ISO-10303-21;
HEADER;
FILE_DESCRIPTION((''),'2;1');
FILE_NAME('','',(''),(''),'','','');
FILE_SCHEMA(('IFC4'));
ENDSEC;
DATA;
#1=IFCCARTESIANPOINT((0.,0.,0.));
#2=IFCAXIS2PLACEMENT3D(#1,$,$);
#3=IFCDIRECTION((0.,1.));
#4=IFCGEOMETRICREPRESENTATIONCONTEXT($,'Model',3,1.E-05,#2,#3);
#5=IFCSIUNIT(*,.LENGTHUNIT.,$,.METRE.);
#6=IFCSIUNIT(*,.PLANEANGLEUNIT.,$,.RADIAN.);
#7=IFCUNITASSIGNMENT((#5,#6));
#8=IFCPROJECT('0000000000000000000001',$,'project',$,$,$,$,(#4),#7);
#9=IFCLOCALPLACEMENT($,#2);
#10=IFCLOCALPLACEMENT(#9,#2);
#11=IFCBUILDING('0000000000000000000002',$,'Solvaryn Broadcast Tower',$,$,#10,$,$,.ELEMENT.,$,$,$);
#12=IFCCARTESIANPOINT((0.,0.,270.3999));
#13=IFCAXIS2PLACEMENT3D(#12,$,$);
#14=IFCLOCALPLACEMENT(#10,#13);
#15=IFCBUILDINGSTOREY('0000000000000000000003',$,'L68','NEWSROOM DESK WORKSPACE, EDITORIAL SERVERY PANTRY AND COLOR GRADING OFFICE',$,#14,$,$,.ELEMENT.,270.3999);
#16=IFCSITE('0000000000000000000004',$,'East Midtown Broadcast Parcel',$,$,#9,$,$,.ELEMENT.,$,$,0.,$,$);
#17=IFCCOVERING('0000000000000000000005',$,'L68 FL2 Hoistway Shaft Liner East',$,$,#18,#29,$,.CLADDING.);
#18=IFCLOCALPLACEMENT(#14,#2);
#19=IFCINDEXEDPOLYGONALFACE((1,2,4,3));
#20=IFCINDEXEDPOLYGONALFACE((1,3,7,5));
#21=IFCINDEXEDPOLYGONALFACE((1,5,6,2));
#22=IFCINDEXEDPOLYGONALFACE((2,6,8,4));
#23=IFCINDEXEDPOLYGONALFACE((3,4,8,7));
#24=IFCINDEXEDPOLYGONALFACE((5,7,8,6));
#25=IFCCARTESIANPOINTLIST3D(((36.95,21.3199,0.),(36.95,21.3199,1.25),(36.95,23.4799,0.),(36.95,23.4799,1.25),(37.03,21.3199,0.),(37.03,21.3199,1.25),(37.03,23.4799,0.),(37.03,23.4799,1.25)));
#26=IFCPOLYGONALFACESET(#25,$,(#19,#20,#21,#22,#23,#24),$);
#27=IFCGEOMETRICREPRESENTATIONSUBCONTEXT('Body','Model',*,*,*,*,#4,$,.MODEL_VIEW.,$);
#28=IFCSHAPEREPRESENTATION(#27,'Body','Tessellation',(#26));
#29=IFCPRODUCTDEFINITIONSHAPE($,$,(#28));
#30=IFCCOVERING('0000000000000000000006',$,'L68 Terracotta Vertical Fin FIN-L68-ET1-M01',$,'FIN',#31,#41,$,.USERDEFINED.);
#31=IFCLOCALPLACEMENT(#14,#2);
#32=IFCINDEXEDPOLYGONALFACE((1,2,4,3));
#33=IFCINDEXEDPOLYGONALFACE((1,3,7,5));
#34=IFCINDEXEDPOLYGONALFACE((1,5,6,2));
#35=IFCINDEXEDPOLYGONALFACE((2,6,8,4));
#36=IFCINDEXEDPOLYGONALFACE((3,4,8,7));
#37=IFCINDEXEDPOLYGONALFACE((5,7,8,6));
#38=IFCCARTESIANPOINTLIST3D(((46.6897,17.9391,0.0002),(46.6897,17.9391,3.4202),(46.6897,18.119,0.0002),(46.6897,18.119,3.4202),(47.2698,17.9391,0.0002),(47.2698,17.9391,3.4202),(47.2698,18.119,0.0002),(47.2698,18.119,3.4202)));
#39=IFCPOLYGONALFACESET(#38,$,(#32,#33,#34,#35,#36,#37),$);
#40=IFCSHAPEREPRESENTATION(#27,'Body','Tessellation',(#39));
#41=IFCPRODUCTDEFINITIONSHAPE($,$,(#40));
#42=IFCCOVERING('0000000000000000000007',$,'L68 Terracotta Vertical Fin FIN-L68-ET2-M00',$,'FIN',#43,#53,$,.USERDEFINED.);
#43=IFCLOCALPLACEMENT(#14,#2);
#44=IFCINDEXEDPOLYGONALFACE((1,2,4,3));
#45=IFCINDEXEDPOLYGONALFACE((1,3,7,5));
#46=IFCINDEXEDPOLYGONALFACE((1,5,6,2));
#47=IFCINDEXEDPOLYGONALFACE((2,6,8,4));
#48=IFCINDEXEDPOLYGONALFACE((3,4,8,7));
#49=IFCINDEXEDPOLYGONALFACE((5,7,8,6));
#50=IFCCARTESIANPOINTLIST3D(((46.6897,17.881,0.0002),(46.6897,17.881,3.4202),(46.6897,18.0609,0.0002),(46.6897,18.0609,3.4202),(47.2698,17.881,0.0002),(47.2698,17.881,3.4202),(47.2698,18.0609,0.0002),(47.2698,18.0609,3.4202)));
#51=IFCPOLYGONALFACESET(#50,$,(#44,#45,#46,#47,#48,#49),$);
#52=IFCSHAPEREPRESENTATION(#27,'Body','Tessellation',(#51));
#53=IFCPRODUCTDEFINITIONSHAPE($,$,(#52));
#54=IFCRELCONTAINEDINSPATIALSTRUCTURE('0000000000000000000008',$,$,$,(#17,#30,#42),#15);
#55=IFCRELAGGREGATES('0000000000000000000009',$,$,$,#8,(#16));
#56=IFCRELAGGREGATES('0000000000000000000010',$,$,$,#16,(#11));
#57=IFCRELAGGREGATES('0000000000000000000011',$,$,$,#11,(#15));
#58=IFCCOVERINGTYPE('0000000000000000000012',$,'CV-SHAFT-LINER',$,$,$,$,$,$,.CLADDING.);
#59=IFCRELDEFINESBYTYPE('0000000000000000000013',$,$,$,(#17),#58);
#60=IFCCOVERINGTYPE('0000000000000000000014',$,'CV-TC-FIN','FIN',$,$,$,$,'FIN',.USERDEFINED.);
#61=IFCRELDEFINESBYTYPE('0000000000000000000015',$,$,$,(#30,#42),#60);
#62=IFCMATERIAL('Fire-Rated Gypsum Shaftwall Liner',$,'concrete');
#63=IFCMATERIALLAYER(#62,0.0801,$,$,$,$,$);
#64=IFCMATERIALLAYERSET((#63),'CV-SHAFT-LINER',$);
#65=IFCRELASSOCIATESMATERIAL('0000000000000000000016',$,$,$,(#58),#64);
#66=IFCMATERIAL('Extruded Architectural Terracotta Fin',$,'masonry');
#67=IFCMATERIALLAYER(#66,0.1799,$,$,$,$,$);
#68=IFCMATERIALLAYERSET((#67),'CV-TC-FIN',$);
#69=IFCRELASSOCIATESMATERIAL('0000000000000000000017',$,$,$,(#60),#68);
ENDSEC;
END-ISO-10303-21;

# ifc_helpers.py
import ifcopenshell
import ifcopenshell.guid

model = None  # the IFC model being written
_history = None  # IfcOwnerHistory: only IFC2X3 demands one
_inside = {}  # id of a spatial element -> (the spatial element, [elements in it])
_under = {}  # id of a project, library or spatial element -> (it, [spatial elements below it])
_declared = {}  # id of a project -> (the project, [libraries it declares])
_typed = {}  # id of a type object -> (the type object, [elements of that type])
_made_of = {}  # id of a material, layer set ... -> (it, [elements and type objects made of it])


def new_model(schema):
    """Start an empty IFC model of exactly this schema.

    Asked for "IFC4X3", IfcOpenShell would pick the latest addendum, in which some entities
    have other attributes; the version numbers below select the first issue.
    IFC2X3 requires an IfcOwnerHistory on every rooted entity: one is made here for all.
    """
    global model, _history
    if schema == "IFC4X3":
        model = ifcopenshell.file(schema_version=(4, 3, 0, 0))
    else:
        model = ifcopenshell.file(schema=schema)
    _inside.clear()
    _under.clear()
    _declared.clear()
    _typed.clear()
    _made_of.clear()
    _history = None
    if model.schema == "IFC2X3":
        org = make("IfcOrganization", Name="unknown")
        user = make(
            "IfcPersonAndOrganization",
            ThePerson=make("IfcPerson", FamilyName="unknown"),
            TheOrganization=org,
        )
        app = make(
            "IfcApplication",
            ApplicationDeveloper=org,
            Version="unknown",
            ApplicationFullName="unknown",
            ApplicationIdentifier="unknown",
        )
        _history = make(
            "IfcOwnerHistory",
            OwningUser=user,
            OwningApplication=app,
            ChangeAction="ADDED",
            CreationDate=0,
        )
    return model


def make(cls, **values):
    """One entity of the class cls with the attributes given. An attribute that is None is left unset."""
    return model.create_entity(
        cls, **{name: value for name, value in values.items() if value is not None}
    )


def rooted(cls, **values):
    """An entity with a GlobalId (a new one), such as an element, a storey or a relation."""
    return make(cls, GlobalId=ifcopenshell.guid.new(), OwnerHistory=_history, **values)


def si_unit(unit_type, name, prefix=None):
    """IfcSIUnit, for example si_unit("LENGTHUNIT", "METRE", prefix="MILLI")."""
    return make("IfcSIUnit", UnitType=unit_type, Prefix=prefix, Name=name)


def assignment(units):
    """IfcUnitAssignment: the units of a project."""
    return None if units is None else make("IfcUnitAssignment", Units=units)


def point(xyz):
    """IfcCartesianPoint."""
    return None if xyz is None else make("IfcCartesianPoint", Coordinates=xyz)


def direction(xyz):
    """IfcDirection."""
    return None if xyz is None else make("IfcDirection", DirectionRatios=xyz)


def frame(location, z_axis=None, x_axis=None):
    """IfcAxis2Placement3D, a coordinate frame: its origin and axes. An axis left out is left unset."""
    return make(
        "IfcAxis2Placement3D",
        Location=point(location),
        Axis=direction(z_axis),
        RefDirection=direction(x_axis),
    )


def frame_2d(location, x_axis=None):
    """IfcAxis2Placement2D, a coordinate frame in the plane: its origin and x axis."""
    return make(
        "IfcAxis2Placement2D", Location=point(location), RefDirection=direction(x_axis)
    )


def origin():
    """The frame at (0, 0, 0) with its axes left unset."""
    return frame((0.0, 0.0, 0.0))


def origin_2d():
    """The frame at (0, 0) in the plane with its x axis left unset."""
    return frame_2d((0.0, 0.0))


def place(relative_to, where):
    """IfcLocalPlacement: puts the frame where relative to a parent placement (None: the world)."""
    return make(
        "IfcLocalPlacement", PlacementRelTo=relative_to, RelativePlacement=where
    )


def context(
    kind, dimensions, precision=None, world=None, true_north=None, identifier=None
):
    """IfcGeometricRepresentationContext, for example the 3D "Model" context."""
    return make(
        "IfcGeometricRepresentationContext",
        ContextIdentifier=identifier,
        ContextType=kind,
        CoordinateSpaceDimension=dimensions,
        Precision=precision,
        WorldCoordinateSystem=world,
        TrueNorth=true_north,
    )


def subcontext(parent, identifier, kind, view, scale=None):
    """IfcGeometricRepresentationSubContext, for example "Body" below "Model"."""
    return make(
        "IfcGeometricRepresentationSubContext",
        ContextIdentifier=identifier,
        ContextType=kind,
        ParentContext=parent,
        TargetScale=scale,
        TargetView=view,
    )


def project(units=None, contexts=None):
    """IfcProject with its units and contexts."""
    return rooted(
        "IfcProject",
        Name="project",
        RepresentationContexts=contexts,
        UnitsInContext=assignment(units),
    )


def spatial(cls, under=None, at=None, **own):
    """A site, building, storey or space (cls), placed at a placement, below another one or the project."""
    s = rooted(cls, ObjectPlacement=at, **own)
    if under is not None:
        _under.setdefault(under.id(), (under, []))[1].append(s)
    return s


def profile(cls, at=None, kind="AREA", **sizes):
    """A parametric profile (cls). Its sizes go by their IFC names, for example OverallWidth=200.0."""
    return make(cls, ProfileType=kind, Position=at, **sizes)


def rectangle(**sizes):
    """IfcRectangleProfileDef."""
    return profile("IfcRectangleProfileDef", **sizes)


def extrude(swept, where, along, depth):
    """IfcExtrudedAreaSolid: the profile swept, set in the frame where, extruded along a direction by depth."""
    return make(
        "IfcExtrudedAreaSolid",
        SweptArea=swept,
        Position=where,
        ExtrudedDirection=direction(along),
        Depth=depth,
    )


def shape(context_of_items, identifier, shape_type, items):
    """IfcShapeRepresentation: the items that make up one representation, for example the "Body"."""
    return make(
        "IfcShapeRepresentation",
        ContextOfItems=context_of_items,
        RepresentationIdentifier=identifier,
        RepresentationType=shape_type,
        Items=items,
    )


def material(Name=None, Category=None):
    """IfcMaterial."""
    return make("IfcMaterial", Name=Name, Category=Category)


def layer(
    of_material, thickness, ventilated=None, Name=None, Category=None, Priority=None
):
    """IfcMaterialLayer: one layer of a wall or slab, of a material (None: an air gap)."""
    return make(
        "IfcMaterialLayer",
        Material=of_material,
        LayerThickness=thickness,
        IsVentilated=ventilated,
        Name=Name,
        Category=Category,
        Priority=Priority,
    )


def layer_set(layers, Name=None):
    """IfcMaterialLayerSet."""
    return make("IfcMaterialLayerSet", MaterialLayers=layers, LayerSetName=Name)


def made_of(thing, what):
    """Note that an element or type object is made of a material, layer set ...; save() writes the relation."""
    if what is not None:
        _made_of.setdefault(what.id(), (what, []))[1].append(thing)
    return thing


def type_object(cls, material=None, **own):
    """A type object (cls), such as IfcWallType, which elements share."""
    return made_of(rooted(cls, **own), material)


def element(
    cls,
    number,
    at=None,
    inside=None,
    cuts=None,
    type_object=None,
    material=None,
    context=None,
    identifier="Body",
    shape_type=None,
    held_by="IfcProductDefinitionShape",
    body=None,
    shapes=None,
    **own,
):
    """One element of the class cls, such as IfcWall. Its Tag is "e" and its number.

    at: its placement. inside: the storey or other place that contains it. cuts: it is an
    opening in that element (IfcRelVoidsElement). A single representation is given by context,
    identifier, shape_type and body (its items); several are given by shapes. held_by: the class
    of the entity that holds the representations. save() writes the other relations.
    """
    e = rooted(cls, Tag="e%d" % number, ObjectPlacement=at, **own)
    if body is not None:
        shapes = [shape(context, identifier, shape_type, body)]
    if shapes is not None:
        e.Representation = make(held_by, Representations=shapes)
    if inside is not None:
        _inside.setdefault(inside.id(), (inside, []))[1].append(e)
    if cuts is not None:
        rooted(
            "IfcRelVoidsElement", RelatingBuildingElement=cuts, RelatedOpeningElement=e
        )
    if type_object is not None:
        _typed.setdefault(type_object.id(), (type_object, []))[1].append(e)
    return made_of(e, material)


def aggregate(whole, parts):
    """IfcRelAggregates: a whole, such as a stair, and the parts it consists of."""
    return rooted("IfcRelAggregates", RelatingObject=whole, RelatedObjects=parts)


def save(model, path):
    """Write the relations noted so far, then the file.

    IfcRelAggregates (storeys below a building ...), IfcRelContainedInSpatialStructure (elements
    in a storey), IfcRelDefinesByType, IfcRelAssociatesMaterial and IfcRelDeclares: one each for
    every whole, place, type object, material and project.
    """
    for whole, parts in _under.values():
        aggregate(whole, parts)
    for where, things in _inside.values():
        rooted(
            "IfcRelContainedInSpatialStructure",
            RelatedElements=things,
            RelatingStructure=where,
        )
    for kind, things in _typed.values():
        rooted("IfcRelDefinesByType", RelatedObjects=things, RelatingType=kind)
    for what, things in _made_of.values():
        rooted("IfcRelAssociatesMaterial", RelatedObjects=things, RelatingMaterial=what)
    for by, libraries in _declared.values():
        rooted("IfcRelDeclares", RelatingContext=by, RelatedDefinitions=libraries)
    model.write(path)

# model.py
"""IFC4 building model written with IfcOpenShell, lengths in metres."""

from ifc_helpers import new_model, si_unit, direction, frame, origin, origin_2d, place, context, subcontext, project, spatial, rectangle, extrude, material, layer, layer_set, type_object, element, save


model = new_model("IFC4")

# Units and contexts
model_context = context("Model", 3, precision=1e-05, world=origin(), true_north=direction((0.0, 1.0)))
body_context = subcontext(model_context, "Body", "Model", "MODEL_VIEW")
ifc_project = project(units=[si_unit("LENGTHUNIT", "METRE"), si_unit("PLANEANGLEUNIT", "RADIAN")], contexts=[model_context])

# Site, building, storey
site_placement = place(None, origin())
site = spatial("IfcSite", under=ifc_project, at=site_placement, Name="East Midtown Broadcast Parcel", CompositionType="ELEMENT", RefElevation=0.0)
building_placement = place(site_placement, origin())
building = spatial("IfcBuilding", under=site, at=building_placement, Name="Solvaryn Broadcast Tower", CompositionType="ELEMENT")
storey_placement = place(building_placement, frame((0.0, 0.0, 270.3999)))
storey = spatial("IfcBuildingStorey", under=building, at=storey_placement, Name="L68", Description="NEWSROOM DESK WORKSPACE, EDITORIAL SERVERY PANTRY AND COLOR GRADING OFFICE", CompositionType="ELEMENT", Elevation=270.3999)

# Coverings
ifc_material_1 = material(Name="Fire-Rated Gypsum Shaftwall Liner", Category="concrete")
ifc_layer_1 = layer(ifc_material_1, 0.0801)
ifc_layer_set_1 = layer_set([ifc_layer_1], Name="CV-SHAFT-LINER")
covering_type_1 = type_object("IfcCoveringType", Name="CV-SHAFT-LINER", PredefinedType="CLADDING", material=ifc_layer_set_1)
covering_1_placement = place(storey_placement, frame((36.99, 22.3999, 0.0), z_axis=(0.0, 0.0, 1.0), x_axis=(1.0, 0.0, 0.0)))
element("IfcCovering", 1, at=covering_1_placement, inside=storey, type_object=covering_type_1, Name="L68 FL2 Hoistway Shaft Liner East", PredefinedType="CLADDING", context=body_context, shape_type="SweptSolid", body=[
    extrude(rectangle(XDim=0.0801, YDim=2.1599, at=origin_2d()), origin(), (0.0, 0.0, 1.0), 1.25),
])
ifc_material_2 = material(Name="Extruded Architectural Terracotta Fin", Category="masonry")
ifc_layer_2 = layer(ifc_material_2, 0.1799)
ifc_layer_set_2 = layer_set([ifc_layer_2], Name="CV-TC-FIN")
covering_type_2 = type_object("IfcCoveringType", Name="CV-TC-FIN", Description="FIN", ElementType="FIN", PredefinedType="USERDEFINED", material=ifc_layer_set_2)
for number, where, z_axis, x_axis, name in (
    (2, (46.9797, 18.0291, 0.0002), (0.0, 0.0, 1.0), (1.0, 0.0, 0.0), "L68 Terracotta Vertical Fin FIN-L68-ET1-M01"),
    (3, (46.9797, 17.9709, 0.0002), (0.0, 0.0, 1.0), (1.0, 0.0, 0.0), "L68 Terracotta Vertical Fin FIN-L68-ET2-M00"),
):
    element("IfcCovering", number, at=place(storey_placement, frame(where, z_axis=z_axis, x_axis=x_axis)), inside=storey, type_object=covering_type_2, Name=name, ObjectType="FIN", PredefinedType="USERDEFINED", context=body_context, shape_type="SweptSolid", body=[
        extrude(rectangle(XDim=0.5801, YDim=0.1799, at=origin_2d()), origin(), (0.0, 0.0, 1.0), 3.4199),
    ])

save(model, "model.ifc")
